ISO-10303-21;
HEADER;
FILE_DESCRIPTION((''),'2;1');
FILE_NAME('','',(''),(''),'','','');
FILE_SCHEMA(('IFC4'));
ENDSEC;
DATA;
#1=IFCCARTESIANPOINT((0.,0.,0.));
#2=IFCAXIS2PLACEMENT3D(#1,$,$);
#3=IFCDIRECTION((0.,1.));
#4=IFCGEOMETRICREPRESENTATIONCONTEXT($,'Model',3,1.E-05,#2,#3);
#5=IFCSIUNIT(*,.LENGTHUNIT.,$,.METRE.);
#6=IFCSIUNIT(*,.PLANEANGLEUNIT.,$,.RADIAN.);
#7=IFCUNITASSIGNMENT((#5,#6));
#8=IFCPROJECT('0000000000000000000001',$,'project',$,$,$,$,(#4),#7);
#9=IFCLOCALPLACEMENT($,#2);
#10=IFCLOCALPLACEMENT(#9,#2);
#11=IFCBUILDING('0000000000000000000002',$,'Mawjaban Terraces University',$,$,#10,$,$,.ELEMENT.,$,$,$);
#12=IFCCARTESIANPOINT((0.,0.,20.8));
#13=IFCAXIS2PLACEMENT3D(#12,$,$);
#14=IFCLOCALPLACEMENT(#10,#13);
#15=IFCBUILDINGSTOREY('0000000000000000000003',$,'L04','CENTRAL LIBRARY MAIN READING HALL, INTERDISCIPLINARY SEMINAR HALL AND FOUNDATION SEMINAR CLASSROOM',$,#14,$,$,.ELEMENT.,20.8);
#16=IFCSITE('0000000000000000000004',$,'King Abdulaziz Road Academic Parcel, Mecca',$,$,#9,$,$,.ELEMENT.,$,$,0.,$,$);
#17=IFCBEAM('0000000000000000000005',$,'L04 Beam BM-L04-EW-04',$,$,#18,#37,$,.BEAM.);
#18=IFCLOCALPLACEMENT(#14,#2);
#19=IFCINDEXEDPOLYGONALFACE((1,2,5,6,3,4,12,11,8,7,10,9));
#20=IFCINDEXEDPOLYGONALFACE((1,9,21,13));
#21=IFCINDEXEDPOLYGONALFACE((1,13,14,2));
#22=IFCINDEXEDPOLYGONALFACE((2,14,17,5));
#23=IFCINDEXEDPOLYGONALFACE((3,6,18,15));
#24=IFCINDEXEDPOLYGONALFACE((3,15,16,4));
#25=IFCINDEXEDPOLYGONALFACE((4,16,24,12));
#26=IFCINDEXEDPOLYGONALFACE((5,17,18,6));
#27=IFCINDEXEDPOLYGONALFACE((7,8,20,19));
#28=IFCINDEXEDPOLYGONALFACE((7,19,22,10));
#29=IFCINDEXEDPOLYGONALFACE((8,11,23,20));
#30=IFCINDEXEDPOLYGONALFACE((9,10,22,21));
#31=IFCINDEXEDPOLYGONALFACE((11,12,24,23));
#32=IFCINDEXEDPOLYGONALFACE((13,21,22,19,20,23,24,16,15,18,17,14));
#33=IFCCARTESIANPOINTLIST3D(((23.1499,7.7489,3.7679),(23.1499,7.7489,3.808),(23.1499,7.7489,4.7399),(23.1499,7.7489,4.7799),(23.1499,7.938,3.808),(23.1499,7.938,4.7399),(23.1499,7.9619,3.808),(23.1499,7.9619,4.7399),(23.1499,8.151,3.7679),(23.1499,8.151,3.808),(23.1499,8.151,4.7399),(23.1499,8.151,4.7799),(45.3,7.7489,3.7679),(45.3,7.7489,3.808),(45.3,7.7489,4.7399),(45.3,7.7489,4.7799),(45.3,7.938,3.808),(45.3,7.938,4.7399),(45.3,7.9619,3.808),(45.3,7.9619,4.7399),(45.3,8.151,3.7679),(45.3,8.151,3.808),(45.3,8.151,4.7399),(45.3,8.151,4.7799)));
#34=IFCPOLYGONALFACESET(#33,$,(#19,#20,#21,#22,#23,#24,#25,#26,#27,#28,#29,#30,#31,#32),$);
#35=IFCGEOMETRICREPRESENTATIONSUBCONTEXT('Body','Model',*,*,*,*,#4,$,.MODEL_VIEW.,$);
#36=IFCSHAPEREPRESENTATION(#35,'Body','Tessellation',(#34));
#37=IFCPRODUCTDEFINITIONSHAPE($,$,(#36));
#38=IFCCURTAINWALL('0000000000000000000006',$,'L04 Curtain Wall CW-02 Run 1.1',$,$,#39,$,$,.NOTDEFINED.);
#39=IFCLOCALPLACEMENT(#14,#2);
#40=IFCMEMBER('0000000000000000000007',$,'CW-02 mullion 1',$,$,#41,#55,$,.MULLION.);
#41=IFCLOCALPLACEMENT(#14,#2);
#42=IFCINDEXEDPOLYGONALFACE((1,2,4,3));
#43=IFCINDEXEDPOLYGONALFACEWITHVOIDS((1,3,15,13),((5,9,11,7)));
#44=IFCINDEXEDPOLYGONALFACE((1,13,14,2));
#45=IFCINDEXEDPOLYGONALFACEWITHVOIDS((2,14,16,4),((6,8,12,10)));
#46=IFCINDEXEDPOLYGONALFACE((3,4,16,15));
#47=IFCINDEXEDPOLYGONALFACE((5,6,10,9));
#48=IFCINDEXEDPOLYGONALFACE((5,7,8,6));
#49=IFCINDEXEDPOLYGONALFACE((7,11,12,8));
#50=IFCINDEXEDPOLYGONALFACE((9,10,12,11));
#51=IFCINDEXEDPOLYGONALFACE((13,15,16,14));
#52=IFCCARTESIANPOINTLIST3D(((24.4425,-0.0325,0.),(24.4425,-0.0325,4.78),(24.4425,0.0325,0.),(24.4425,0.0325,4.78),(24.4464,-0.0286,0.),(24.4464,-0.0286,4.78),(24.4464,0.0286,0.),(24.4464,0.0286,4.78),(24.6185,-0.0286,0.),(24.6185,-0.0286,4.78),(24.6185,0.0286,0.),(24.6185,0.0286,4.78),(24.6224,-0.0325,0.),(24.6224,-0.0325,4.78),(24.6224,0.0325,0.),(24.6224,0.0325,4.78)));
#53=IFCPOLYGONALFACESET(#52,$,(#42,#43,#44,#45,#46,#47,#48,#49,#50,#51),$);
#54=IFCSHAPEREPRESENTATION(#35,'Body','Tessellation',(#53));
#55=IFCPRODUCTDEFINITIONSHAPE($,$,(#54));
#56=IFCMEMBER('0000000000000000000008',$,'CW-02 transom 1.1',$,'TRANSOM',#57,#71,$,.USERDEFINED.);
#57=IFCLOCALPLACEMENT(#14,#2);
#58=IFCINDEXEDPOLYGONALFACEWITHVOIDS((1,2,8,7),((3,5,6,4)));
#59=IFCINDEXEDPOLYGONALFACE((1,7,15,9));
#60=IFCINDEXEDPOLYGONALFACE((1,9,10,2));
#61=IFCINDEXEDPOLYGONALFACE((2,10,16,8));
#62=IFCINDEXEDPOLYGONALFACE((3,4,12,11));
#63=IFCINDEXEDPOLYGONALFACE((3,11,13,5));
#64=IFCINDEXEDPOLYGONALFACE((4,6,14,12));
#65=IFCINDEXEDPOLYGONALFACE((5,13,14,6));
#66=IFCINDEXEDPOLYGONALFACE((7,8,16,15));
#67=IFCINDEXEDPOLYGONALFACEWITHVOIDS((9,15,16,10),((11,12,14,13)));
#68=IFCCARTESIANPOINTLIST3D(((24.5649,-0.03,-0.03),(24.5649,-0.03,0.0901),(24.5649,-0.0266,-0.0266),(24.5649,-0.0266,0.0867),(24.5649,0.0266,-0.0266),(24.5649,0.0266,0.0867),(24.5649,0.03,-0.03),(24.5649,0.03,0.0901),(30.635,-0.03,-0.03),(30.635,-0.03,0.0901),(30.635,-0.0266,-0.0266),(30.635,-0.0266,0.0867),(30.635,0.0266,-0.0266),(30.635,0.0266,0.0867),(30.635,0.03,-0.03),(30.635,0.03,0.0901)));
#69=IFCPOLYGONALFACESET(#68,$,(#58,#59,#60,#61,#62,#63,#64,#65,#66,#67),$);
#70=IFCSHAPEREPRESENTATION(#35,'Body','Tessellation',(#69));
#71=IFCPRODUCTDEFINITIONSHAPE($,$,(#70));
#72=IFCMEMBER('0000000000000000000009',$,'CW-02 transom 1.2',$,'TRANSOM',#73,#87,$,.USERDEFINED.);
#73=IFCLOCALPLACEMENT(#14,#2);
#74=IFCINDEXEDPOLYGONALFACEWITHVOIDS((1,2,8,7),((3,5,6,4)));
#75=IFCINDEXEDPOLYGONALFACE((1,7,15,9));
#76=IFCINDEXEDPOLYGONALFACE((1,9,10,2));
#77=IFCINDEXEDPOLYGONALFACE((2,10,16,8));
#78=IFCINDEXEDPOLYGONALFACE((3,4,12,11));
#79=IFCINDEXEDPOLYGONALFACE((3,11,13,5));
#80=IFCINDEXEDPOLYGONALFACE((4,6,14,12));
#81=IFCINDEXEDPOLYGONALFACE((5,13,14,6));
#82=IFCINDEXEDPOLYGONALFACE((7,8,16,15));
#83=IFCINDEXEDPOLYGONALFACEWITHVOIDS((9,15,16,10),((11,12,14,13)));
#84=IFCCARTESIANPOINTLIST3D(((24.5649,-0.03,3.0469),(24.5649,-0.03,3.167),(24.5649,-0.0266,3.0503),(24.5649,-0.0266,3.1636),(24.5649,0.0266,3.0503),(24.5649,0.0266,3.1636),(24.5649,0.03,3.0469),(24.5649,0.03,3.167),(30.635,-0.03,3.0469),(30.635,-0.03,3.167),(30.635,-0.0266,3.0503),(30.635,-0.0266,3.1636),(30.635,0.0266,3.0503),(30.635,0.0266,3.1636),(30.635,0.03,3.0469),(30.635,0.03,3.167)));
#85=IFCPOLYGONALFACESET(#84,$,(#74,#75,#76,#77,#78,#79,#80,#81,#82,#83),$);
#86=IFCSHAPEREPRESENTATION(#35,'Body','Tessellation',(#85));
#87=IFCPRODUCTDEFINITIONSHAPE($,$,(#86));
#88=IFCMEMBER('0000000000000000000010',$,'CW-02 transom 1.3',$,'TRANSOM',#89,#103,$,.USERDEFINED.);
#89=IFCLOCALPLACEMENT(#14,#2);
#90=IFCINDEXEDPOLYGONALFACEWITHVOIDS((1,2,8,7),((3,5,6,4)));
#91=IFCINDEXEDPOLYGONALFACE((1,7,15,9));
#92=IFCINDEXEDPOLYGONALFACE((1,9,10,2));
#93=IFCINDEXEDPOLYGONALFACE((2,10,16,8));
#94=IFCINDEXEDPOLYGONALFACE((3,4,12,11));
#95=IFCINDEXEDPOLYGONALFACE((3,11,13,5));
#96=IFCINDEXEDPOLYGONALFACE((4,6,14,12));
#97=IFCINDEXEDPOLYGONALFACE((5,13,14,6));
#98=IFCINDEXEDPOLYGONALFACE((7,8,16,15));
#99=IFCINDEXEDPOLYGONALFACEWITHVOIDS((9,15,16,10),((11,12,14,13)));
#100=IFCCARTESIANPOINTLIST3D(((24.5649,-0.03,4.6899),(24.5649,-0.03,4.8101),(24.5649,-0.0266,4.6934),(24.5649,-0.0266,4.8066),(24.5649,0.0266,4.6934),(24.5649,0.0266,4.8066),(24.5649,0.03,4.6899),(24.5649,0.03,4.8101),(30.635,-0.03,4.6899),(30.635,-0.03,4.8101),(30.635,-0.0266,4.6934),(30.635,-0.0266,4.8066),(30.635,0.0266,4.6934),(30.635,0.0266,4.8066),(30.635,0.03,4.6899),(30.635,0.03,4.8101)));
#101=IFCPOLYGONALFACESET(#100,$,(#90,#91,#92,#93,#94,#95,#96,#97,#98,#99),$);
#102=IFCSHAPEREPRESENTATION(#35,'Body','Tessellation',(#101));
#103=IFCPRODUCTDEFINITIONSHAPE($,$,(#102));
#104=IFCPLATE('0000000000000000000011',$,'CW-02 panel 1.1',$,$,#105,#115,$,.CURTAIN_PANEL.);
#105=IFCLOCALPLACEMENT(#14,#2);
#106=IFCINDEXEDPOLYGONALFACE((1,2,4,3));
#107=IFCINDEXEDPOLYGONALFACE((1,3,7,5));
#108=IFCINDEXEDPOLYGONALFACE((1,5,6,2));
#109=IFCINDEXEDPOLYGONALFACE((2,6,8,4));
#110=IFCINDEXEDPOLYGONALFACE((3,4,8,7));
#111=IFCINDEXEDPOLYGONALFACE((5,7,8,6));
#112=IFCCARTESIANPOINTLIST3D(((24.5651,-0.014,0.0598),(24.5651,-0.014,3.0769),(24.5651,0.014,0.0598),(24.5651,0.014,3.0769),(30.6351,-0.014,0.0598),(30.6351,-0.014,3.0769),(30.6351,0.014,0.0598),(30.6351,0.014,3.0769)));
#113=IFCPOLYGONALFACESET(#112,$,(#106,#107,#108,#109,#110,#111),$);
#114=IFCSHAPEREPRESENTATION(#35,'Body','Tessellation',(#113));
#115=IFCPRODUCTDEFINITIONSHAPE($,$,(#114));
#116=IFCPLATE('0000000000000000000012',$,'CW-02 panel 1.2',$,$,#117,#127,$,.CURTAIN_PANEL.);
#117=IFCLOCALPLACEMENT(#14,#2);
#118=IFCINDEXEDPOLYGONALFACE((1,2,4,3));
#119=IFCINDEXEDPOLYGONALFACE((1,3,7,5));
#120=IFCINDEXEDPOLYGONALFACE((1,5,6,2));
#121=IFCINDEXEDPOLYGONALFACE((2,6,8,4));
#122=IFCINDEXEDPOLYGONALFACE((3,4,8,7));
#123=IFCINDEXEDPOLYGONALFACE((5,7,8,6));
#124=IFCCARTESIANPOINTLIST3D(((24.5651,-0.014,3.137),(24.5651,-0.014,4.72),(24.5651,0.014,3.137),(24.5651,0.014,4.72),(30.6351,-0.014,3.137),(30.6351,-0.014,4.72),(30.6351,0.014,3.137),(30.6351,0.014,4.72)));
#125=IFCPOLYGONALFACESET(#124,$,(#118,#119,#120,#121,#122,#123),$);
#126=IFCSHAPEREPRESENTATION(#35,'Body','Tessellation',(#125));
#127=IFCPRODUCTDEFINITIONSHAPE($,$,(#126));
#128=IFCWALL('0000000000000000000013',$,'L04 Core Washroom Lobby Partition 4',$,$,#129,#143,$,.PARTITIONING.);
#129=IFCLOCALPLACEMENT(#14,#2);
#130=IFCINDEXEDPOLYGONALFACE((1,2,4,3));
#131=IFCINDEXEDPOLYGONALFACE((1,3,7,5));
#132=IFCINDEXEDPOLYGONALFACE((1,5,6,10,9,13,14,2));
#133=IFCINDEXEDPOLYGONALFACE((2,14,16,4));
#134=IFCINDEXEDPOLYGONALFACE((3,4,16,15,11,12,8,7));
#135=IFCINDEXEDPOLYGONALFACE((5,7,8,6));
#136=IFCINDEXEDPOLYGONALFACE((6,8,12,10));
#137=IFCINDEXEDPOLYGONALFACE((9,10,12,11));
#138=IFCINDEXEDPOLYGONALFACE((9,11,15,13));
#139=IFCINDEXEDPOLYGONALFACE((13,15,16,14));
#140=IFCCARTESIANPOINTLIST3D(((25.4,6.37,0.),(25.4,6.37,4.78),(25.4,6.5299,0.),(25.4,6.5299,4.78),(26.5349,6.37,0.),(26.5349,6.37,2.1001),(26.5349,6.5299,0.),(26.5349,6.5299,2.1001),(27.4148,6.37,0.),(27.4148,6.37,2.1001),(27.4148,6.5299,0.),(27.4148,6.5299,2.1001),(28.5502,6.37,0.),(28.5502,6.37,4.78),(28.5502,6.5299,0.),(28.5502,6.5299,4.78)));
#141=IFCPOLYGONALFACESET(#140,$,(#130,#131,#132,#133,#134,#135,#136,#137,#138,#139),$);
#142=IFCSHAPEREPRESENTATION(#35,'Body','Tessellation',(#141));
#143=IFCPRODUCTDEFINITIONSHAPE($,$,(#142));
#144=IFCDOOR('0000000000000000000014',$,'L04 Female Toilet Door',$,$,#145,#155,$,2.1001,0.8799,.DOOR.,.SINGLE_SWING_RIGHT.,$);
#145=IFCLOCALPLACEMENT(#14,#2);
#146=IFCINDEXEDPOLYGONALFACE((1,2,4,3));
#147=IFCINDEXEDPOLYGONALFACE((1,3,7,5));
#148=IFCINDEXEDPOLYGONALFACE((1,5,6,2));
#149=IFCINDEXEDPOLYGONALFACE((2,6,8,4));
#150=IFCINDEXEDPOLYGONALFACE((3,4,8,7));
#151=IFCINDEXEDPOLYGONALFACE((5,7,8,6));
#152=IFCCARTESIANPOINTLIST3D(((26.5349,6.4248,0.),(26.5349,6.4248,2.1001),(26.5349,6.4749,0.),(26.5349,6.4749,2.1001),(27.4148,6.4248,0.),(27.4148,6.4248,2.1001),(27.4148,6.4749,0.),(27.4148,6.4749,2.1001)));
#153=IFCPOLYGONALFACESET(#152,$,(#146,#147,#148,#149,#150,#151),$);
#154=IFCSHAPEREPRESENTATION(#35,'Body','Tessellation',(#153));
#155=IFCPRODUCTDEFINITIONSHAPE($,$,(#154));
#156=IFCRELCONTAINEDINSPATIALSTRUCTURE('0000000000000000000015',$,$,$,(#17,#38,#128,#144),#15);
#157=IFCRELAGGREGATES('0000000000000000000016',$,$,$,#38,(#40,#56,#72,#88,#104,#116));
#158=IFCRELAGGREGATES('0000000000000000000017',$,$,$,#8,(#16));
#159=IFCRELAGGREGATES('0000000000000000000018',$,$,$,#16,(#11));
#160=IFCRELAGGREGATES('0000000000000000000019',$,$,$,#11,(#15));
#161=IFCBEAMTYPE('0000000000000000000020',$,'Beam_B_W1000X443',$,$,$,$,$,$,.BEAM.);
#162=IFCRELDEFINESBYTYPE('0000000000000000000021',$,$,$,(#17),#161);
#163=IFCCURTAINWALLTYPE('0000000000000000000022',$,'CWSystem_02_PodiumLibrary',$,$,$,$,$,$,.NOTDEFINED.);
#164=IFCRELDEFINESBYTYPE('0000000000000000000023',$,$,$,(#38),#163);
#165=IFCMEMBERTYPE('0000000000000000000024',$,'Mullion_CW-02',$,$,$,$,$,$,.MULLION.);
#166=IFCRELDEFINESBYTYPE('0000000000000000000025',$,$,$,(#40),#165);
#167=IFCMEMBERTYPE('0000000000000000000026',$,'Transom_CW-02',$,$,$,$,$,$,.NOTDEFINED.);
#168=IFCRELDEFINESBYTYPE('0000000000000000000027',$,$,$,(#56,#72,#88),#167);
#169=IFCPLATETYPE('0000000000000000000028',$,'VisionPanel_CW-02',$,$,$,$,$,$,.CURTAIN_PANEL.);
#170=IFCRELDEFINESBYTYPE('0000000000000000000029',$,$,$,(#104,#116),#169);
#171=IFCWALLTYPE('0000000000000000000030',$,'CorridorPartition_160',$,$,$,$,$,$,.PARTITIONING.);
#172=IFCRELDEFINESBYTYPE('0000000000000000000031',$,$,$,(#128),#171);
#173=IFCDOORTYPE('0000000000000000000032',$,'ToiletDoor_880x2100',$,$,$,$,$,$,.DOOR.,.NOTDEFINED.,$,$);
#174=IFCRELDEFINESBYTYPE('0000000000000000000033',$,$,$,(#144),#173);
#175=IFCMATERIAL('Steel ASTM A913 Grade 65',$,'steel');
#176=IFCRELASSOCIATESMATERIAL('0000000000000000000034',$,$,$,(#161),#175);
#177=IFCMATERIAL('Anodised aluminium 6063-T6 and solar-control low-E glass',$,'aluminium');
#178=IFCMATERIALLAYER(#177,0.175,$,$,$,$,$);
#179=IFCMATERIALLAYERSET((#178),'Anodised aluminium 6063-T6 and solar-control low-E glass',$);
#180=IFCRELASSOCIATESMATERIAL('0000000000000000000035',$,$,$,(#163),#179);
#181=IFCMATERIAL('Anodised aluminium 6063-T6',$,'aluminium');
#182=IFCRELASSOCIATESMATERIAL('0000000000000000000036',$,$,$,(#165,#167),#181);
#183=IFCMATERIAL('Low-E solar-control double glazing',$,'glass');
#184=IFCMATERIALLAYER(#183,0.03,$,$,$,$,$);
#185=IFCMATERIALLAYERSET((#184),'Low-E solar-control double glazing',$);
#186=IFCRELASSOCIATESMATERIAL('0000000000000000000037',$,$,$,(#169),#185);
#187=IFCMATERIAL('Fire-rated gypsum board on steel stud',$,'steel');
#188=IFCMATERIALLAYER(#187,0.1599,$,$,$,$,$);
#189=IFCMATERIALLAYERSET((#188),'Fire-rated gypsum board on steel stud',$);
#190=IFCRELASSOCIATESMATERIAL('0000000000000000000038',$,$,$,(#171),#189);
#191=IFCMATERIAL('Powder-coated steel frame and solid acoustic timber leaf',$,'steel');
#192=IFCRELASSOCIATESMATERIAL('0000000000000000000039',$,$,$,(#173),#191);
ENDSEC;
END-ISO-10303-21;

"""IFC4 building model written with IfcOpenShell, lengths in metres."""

from ifc_helpers import new_model, si_unit, direction, frame, frame_2d, origin, origin_2d, place, context, subcontext, project, spatial, rectangle, hollow_rectangle, i_section, extrude, material, layer, layer_set, material_profile, profile_set, type_object, element, fill, aggregate, save


model = new_model("IFC4")

# Units and contexts
model_context = context("Model", 3, precision=1e-05, world=origin(), true_north=direction((0.0, 1.0)))
body_context = subcontext(model_context, "Body", "Model", "MODEL_VIEW")
ifc_project = project(units=[si_unit("LENGTHUNIT", "METRE"), si_unit("PLANEANGLEUNIT", "RADIAN")], contexts=[model_context])

# Site, building, storey
site_placement = place(None, origin())
site = spatial("IfcSite", under=ifc_project, at=site_placement, Name="King Abdulaziz Road Academic Parcel, Mecca", CompositionType="ELEMENT", RefElevation=0.0)
building_placement = place(site_placement, origin())
building = spatial("IfcBuilding", under=site, at=building_placement, Name="Mawjaban Terraces University", CompositionType="ELEMENT")
storey_placement = place(building_placement, frame((0.0, 0.0, 20.8)))
storey = spatial("IfcBuildingStorey", under=building, at=storey_placement, Name="L04", Description="CENTRAL LIBRARY MAIN READING HALL, INTERDISCIPLINARY SEMINAR HALL AND FOUNDATION SEMINAR CLASSROOM", CompositionType="ELEMENT", Elevation=20.8)

# Beam
ifc_material_1 = material(Name="Steel ASTM A913 Grade 65", Category="steel")
ifc_material_profile_1 = material_profile(ifc_material_1, i_section(OverallWidth=0.4021, OverallDepth=1.012, WebThickness=0.0239, FlangeThickness=0.04, at=origin_2d()), Name="W1000X443")
ifc_profile_set_1 = profile_set([ifc_material_profile_1], Name="Steel ASTM A913 Grade 65")
beam_type = type_object("IfcBeamType", Name="Beam_B_W1000X443", PredefinedType="BEAM", material=ifc_profile_set_1)
beam_placement = place(storey_placement, frame((23.1499, 7.95, 4.2739), z_axis=(1.0, 0.0, 0.0), x_axis=(0.0, 1.0, 0.0)))
element("IfcBeam", 1, at=beam_placement, inside=storey, type_object=beam_type, Name="L04 Beam BM-L04-EW-04", PredefinedType="BEAM", context=body_context, shape_type="SweptSolid", body=[
    extrude(i_section(OverallWidth=0.4021, OverallDepth=1.012, WebThickness=0.0239, FlangeThickness=0.04, at=origin_2d()), origin(), (0.0, 0.0, 1.0), 22.1501),
])

# Curtain wall, members, plates
ifc_material_2 = material(Name="Anodised aluminium 6063-T6 and solar-control low-E glass", Category="aluminium")
ifc_layer_1 = layer(ifc_material_2, 0.175)
ifc_layer_set_1 = layer_set([ifc_layer_1], Name="Anodised aluminium 6063-T6 and solar-control low-E glass")
curtain_wall_type = type_object("IfcCurtainWallType", Name="CWSystem_02_PodiumLibrary", PredefinedType="NOTDEFINED", material=ifc_layer_set_1)
curtain_wall_placement = place(storey_placement, origin())
curtain_wall = element("IfcCurtainWall", 2, at=curtain_wall_placement, inside=storey, type_object=curtain_wall_type, Name="L04 Curtain Wall CW-02 Run 1.1", PredefinedType="NOTDEFINED")
ifc_material_3 = material(Name="Anodised aluminium 6063-T6", Category="aluminium")
ifc_material_profile_2 = material_profile(ifc_material_3, hollow_rectangle(XDim=0.0649, YDim=0.1799, WallThickness=0.0039, at=origin_2d()), Name="ALU180X65X4")
ifc_profile_set_2 = profile_set([ifc_material_profile_2], Name="Anodised aluminium 6063-T6")
member_type_1 = type_object("IfcMemberType", Name="Mullion_CW-02", PredefinedType="MULLION", material=ifc_profile_set_2)
member_1_placement = place(storey_placement, frame((24.5325, 0.0, 0.0), z_axis=(0.0, 0.0, 1.0), x_axis=(0.0, 1.0, 0.0)))
member_1 = element("IfcMember", 3, at=member_1_placement, type_object=member_type_1, Name="CW-02 mullion 1", PredefinedType="MULLION", context=body_context, shape_type="SweptSolid", body=[
    extrude(hollow_rectangle(XDim=0.0649, YDim=0.1799, WallThickness=0.0039, at=origin_2d()), origin(), (0.0, 0.0, 1.0), 4.78),
])
ifc_material_profile_3 = material_profile(ifc_material_3, hollow_rectangle(XDim=0.0601, YDim=0.1201, WallThickness=0.0034, at=origin_2d()), Name="ALU120X60X3.5")
ifc_profile_set_3 = profile_set([ifc_material_profile_3], Name="Anodised aluminium 6063-T6")
member_type_2 = type_object("IfcMemberType", Name="Transom_CW-02", PredefinedType="NOTDEFINED", material=ifc_profile_set_3)
member_2_placement = place(storey_placement, frame((24.5649, 0.0, 0.03), z_axis=(1.0, 0.0, 0.0), x_axis=(0.0, 1.0, 0.0)))
member_2 = element("IfcMember", 4, at=member_2_placement, type_object=member_type_2, Name="CW-02 transom 1.1", ObjectType="TRANSOM", PredefinedType="USERDEFINED", context=body_context, shape_type="SweptSolid", body=[
    extrude(hollow_rectangle(XDim=0.0601, YDim=0.1201, WallThickness=0.0034, at=origin_2d()), origin(), (0.0, 0.0, 1.0), 6.0701),
])
member_3_placement = place(storey_placement, frame((24.5649, 0.0, 3.1069), z_axis=(1.0, 0.0, 0.0), x_axis=(0.0, 1.0, 0.0)))
member_3 = element("IfcMember", 5, at=member_3_placement, type_object=member_type_2, Name="CW-02 transom 1.2", ObjectType="TRANSOM", PredefinedType="USERDEFINED", context=body_context, shape_type="SweptSolid", body=[
    extrude(hollow_rectangle(XDim=0.0601, YDim=0.1201, WallThickness=0.0034, at=origin_2d()), origin(), (0.0, 0.0, 1.0), 6.0701),
])
member_4_placement = place(storey_placement, frame((24.5649, 0.0, 4.75), z_axis=(1.0, 0.0, 0.0), x_axis=(0.0, 1.0, 0.0)))
member_4 = element("IfcMember", 6, at=member_4_placement, type_object=member_type_2, Name="CW-02 transom 1.3", ObjectType="TRANSOM", PredefinedType="USERDEFINED", context=body_context, shape_type="SweptSolid", body=[
    extrude(hollow_rectangle(XDim=0.0601, YDim=0.1201, WallThickness=0.0034, at=origin_2d()), origin(), (0.0, 0.0, 1.0), 6.0701),
])
ifc_material_4 = material(Name="Low-E solar-control double glazing", Category="glass")
ifc_layer_2 = layer(ifc_material_4, 0.03)
ifc_layer_set_2 = layer_set([ifc_layer_2], Name="Low-E solar-control double glazing")
plate_type = type_object("IfcPlateType", Name="VisionPanel_CW-02", PredefinedType="CURTAIN_PANEL", material=ifc_layer_set_2)
plate_1_placement = place(storey_placement, frame((27.6001, 0.0, 0.0598), z_axis=(0.0, 0.0, 1.0), x_axis=(1.0, 0.0, 0.0)))
plate_1 = element("IfcPlate", 7, at=plate_1_placement, type_object=plate_type, Name="CW-02 panel 1.1", PredefinedType="CURTAIN_PANEL", context=body_context, shape_type="SweptSolid", body=[
    extrude(rectangle(XDim=6.0701, YDim=0.0281, at=origin_2d()), origin(), (0.0, 0.0, 1.0), 3.0171),
])
plate_2_placement = place(storey_placement, frame((27.6001, 0.0, 3.137), z_axis=(0.0, 0.0, 1.0), x_axis=(1.0, 0.0, 0.0)))
plate_2 = element("IfcPlate", 8, at=plate_2_placement, type_object=plate_type, Name="CW-02 panel 1.2", PredefinedType="CURTAIN_PANEL", context=body_context, shape_type="SweptSolid", body=[
    extrude(rectangle(XDim=6.0701, YDim=0.0281, at=origin_2d()), origin(), (0.0, 0.0, 1.0), 1.583),
])
aggregate(curtain_wall, [member_1, member_2, member_3, member_4, plate_1, plate_2])

# Wall, opening, door
ifc_material_5 = material(Name="Fire-rated gypsum board on steel stud", Category="steel")
ifc_layer_3 = layer(ifc_material_5, 0.1599)
ifc_layer_set_3 = layer_set([ifc_layer_3], Name="Fire-rated gypsum board on steel stud")
wall_type_1 = type_object("IfcWallType", Name="CorridorPartition_160", PredefinedType="PARTITIONING", material=ifc_layer_set_3)
wall_1_placement = place(storey_placement, frame((25.3999, 6.45, 0.0), z_axis=(0.0, 0.0, 1.0), x_axis=(1.0, 0.0, 0.0)))
wall_1 = element("IfcWall", 9, at=wall_1_placement, inside=storey, type_object=wall_type_1, Name="L04 Core Washroom Lobby Partition 4", PredefinedType="PARTITIONING", context=body_context, shape_type="SweptSolid", body=[
    extrude(rectangle(XDim=3.1501, YDim=0.1599, at=frame_2d((1.5752, 0.0))), origin(), (0.0, 0.0, 1.0), 4.78),
])
opening_1_placement = place(wall_1_placement, frame((1.135, 0.0, 0.0)))
opening_1 = element("IfcOpeningElement", 10, at=opening_1_placement, cuts=wall_1, PredefinedType="OPENING", context=body_context, shape_type="SweptSolid", body=[
    extrude(rectangle(XDim=0.8799, YDim=2.1001, at=frame_2d((0.4399, 1.05))), frame((0.0, 0.0898, 0.0), z_axis=(0.0, -1.0, 0.0), x_axis=(1.0, 0.0, 0.0)), (0.0, 0.0, 1.0), 0.1799),
])
ifc_material_6 = material(Name="Powder-coated steel frame and solid acoustic timber leaf", Category="steel")
door_type_1 = type_object("IfcDoorType", Name="ToiletDoor_880x2100", OperationType="NOTDEFINED", PredefinedType="DOOR", material=ifc_material_6)
door_1_placement = place(opening_1_placement, origin())
door_1 = element("IfcDoor", 11, at=door_1_placement, inside=storey, type_object=door_type_1, Name="L04 Female Toilet Door", OperationType="SINGLE_SWING_RIGHT", OverallHeight=2.1001, OverallWidth=0.8799, PredefinedType="DOOR", context=body_context, shape_type="SweptSolid", body=[
    extrude(rectangle(XDim=0.8799, YDim=2.1001, at=frame_2d((0.4399, 1.05))), frame((0.0, 0.0249, 0.0), z_axis=(0.0, -1.0, 0.0), x_axis=(1.0, 0.0, 0.0)), (0.0, 0.0, 1.0), 0.05),
])
fill(opening_1, door_1)

save(model, "model.ifc")
